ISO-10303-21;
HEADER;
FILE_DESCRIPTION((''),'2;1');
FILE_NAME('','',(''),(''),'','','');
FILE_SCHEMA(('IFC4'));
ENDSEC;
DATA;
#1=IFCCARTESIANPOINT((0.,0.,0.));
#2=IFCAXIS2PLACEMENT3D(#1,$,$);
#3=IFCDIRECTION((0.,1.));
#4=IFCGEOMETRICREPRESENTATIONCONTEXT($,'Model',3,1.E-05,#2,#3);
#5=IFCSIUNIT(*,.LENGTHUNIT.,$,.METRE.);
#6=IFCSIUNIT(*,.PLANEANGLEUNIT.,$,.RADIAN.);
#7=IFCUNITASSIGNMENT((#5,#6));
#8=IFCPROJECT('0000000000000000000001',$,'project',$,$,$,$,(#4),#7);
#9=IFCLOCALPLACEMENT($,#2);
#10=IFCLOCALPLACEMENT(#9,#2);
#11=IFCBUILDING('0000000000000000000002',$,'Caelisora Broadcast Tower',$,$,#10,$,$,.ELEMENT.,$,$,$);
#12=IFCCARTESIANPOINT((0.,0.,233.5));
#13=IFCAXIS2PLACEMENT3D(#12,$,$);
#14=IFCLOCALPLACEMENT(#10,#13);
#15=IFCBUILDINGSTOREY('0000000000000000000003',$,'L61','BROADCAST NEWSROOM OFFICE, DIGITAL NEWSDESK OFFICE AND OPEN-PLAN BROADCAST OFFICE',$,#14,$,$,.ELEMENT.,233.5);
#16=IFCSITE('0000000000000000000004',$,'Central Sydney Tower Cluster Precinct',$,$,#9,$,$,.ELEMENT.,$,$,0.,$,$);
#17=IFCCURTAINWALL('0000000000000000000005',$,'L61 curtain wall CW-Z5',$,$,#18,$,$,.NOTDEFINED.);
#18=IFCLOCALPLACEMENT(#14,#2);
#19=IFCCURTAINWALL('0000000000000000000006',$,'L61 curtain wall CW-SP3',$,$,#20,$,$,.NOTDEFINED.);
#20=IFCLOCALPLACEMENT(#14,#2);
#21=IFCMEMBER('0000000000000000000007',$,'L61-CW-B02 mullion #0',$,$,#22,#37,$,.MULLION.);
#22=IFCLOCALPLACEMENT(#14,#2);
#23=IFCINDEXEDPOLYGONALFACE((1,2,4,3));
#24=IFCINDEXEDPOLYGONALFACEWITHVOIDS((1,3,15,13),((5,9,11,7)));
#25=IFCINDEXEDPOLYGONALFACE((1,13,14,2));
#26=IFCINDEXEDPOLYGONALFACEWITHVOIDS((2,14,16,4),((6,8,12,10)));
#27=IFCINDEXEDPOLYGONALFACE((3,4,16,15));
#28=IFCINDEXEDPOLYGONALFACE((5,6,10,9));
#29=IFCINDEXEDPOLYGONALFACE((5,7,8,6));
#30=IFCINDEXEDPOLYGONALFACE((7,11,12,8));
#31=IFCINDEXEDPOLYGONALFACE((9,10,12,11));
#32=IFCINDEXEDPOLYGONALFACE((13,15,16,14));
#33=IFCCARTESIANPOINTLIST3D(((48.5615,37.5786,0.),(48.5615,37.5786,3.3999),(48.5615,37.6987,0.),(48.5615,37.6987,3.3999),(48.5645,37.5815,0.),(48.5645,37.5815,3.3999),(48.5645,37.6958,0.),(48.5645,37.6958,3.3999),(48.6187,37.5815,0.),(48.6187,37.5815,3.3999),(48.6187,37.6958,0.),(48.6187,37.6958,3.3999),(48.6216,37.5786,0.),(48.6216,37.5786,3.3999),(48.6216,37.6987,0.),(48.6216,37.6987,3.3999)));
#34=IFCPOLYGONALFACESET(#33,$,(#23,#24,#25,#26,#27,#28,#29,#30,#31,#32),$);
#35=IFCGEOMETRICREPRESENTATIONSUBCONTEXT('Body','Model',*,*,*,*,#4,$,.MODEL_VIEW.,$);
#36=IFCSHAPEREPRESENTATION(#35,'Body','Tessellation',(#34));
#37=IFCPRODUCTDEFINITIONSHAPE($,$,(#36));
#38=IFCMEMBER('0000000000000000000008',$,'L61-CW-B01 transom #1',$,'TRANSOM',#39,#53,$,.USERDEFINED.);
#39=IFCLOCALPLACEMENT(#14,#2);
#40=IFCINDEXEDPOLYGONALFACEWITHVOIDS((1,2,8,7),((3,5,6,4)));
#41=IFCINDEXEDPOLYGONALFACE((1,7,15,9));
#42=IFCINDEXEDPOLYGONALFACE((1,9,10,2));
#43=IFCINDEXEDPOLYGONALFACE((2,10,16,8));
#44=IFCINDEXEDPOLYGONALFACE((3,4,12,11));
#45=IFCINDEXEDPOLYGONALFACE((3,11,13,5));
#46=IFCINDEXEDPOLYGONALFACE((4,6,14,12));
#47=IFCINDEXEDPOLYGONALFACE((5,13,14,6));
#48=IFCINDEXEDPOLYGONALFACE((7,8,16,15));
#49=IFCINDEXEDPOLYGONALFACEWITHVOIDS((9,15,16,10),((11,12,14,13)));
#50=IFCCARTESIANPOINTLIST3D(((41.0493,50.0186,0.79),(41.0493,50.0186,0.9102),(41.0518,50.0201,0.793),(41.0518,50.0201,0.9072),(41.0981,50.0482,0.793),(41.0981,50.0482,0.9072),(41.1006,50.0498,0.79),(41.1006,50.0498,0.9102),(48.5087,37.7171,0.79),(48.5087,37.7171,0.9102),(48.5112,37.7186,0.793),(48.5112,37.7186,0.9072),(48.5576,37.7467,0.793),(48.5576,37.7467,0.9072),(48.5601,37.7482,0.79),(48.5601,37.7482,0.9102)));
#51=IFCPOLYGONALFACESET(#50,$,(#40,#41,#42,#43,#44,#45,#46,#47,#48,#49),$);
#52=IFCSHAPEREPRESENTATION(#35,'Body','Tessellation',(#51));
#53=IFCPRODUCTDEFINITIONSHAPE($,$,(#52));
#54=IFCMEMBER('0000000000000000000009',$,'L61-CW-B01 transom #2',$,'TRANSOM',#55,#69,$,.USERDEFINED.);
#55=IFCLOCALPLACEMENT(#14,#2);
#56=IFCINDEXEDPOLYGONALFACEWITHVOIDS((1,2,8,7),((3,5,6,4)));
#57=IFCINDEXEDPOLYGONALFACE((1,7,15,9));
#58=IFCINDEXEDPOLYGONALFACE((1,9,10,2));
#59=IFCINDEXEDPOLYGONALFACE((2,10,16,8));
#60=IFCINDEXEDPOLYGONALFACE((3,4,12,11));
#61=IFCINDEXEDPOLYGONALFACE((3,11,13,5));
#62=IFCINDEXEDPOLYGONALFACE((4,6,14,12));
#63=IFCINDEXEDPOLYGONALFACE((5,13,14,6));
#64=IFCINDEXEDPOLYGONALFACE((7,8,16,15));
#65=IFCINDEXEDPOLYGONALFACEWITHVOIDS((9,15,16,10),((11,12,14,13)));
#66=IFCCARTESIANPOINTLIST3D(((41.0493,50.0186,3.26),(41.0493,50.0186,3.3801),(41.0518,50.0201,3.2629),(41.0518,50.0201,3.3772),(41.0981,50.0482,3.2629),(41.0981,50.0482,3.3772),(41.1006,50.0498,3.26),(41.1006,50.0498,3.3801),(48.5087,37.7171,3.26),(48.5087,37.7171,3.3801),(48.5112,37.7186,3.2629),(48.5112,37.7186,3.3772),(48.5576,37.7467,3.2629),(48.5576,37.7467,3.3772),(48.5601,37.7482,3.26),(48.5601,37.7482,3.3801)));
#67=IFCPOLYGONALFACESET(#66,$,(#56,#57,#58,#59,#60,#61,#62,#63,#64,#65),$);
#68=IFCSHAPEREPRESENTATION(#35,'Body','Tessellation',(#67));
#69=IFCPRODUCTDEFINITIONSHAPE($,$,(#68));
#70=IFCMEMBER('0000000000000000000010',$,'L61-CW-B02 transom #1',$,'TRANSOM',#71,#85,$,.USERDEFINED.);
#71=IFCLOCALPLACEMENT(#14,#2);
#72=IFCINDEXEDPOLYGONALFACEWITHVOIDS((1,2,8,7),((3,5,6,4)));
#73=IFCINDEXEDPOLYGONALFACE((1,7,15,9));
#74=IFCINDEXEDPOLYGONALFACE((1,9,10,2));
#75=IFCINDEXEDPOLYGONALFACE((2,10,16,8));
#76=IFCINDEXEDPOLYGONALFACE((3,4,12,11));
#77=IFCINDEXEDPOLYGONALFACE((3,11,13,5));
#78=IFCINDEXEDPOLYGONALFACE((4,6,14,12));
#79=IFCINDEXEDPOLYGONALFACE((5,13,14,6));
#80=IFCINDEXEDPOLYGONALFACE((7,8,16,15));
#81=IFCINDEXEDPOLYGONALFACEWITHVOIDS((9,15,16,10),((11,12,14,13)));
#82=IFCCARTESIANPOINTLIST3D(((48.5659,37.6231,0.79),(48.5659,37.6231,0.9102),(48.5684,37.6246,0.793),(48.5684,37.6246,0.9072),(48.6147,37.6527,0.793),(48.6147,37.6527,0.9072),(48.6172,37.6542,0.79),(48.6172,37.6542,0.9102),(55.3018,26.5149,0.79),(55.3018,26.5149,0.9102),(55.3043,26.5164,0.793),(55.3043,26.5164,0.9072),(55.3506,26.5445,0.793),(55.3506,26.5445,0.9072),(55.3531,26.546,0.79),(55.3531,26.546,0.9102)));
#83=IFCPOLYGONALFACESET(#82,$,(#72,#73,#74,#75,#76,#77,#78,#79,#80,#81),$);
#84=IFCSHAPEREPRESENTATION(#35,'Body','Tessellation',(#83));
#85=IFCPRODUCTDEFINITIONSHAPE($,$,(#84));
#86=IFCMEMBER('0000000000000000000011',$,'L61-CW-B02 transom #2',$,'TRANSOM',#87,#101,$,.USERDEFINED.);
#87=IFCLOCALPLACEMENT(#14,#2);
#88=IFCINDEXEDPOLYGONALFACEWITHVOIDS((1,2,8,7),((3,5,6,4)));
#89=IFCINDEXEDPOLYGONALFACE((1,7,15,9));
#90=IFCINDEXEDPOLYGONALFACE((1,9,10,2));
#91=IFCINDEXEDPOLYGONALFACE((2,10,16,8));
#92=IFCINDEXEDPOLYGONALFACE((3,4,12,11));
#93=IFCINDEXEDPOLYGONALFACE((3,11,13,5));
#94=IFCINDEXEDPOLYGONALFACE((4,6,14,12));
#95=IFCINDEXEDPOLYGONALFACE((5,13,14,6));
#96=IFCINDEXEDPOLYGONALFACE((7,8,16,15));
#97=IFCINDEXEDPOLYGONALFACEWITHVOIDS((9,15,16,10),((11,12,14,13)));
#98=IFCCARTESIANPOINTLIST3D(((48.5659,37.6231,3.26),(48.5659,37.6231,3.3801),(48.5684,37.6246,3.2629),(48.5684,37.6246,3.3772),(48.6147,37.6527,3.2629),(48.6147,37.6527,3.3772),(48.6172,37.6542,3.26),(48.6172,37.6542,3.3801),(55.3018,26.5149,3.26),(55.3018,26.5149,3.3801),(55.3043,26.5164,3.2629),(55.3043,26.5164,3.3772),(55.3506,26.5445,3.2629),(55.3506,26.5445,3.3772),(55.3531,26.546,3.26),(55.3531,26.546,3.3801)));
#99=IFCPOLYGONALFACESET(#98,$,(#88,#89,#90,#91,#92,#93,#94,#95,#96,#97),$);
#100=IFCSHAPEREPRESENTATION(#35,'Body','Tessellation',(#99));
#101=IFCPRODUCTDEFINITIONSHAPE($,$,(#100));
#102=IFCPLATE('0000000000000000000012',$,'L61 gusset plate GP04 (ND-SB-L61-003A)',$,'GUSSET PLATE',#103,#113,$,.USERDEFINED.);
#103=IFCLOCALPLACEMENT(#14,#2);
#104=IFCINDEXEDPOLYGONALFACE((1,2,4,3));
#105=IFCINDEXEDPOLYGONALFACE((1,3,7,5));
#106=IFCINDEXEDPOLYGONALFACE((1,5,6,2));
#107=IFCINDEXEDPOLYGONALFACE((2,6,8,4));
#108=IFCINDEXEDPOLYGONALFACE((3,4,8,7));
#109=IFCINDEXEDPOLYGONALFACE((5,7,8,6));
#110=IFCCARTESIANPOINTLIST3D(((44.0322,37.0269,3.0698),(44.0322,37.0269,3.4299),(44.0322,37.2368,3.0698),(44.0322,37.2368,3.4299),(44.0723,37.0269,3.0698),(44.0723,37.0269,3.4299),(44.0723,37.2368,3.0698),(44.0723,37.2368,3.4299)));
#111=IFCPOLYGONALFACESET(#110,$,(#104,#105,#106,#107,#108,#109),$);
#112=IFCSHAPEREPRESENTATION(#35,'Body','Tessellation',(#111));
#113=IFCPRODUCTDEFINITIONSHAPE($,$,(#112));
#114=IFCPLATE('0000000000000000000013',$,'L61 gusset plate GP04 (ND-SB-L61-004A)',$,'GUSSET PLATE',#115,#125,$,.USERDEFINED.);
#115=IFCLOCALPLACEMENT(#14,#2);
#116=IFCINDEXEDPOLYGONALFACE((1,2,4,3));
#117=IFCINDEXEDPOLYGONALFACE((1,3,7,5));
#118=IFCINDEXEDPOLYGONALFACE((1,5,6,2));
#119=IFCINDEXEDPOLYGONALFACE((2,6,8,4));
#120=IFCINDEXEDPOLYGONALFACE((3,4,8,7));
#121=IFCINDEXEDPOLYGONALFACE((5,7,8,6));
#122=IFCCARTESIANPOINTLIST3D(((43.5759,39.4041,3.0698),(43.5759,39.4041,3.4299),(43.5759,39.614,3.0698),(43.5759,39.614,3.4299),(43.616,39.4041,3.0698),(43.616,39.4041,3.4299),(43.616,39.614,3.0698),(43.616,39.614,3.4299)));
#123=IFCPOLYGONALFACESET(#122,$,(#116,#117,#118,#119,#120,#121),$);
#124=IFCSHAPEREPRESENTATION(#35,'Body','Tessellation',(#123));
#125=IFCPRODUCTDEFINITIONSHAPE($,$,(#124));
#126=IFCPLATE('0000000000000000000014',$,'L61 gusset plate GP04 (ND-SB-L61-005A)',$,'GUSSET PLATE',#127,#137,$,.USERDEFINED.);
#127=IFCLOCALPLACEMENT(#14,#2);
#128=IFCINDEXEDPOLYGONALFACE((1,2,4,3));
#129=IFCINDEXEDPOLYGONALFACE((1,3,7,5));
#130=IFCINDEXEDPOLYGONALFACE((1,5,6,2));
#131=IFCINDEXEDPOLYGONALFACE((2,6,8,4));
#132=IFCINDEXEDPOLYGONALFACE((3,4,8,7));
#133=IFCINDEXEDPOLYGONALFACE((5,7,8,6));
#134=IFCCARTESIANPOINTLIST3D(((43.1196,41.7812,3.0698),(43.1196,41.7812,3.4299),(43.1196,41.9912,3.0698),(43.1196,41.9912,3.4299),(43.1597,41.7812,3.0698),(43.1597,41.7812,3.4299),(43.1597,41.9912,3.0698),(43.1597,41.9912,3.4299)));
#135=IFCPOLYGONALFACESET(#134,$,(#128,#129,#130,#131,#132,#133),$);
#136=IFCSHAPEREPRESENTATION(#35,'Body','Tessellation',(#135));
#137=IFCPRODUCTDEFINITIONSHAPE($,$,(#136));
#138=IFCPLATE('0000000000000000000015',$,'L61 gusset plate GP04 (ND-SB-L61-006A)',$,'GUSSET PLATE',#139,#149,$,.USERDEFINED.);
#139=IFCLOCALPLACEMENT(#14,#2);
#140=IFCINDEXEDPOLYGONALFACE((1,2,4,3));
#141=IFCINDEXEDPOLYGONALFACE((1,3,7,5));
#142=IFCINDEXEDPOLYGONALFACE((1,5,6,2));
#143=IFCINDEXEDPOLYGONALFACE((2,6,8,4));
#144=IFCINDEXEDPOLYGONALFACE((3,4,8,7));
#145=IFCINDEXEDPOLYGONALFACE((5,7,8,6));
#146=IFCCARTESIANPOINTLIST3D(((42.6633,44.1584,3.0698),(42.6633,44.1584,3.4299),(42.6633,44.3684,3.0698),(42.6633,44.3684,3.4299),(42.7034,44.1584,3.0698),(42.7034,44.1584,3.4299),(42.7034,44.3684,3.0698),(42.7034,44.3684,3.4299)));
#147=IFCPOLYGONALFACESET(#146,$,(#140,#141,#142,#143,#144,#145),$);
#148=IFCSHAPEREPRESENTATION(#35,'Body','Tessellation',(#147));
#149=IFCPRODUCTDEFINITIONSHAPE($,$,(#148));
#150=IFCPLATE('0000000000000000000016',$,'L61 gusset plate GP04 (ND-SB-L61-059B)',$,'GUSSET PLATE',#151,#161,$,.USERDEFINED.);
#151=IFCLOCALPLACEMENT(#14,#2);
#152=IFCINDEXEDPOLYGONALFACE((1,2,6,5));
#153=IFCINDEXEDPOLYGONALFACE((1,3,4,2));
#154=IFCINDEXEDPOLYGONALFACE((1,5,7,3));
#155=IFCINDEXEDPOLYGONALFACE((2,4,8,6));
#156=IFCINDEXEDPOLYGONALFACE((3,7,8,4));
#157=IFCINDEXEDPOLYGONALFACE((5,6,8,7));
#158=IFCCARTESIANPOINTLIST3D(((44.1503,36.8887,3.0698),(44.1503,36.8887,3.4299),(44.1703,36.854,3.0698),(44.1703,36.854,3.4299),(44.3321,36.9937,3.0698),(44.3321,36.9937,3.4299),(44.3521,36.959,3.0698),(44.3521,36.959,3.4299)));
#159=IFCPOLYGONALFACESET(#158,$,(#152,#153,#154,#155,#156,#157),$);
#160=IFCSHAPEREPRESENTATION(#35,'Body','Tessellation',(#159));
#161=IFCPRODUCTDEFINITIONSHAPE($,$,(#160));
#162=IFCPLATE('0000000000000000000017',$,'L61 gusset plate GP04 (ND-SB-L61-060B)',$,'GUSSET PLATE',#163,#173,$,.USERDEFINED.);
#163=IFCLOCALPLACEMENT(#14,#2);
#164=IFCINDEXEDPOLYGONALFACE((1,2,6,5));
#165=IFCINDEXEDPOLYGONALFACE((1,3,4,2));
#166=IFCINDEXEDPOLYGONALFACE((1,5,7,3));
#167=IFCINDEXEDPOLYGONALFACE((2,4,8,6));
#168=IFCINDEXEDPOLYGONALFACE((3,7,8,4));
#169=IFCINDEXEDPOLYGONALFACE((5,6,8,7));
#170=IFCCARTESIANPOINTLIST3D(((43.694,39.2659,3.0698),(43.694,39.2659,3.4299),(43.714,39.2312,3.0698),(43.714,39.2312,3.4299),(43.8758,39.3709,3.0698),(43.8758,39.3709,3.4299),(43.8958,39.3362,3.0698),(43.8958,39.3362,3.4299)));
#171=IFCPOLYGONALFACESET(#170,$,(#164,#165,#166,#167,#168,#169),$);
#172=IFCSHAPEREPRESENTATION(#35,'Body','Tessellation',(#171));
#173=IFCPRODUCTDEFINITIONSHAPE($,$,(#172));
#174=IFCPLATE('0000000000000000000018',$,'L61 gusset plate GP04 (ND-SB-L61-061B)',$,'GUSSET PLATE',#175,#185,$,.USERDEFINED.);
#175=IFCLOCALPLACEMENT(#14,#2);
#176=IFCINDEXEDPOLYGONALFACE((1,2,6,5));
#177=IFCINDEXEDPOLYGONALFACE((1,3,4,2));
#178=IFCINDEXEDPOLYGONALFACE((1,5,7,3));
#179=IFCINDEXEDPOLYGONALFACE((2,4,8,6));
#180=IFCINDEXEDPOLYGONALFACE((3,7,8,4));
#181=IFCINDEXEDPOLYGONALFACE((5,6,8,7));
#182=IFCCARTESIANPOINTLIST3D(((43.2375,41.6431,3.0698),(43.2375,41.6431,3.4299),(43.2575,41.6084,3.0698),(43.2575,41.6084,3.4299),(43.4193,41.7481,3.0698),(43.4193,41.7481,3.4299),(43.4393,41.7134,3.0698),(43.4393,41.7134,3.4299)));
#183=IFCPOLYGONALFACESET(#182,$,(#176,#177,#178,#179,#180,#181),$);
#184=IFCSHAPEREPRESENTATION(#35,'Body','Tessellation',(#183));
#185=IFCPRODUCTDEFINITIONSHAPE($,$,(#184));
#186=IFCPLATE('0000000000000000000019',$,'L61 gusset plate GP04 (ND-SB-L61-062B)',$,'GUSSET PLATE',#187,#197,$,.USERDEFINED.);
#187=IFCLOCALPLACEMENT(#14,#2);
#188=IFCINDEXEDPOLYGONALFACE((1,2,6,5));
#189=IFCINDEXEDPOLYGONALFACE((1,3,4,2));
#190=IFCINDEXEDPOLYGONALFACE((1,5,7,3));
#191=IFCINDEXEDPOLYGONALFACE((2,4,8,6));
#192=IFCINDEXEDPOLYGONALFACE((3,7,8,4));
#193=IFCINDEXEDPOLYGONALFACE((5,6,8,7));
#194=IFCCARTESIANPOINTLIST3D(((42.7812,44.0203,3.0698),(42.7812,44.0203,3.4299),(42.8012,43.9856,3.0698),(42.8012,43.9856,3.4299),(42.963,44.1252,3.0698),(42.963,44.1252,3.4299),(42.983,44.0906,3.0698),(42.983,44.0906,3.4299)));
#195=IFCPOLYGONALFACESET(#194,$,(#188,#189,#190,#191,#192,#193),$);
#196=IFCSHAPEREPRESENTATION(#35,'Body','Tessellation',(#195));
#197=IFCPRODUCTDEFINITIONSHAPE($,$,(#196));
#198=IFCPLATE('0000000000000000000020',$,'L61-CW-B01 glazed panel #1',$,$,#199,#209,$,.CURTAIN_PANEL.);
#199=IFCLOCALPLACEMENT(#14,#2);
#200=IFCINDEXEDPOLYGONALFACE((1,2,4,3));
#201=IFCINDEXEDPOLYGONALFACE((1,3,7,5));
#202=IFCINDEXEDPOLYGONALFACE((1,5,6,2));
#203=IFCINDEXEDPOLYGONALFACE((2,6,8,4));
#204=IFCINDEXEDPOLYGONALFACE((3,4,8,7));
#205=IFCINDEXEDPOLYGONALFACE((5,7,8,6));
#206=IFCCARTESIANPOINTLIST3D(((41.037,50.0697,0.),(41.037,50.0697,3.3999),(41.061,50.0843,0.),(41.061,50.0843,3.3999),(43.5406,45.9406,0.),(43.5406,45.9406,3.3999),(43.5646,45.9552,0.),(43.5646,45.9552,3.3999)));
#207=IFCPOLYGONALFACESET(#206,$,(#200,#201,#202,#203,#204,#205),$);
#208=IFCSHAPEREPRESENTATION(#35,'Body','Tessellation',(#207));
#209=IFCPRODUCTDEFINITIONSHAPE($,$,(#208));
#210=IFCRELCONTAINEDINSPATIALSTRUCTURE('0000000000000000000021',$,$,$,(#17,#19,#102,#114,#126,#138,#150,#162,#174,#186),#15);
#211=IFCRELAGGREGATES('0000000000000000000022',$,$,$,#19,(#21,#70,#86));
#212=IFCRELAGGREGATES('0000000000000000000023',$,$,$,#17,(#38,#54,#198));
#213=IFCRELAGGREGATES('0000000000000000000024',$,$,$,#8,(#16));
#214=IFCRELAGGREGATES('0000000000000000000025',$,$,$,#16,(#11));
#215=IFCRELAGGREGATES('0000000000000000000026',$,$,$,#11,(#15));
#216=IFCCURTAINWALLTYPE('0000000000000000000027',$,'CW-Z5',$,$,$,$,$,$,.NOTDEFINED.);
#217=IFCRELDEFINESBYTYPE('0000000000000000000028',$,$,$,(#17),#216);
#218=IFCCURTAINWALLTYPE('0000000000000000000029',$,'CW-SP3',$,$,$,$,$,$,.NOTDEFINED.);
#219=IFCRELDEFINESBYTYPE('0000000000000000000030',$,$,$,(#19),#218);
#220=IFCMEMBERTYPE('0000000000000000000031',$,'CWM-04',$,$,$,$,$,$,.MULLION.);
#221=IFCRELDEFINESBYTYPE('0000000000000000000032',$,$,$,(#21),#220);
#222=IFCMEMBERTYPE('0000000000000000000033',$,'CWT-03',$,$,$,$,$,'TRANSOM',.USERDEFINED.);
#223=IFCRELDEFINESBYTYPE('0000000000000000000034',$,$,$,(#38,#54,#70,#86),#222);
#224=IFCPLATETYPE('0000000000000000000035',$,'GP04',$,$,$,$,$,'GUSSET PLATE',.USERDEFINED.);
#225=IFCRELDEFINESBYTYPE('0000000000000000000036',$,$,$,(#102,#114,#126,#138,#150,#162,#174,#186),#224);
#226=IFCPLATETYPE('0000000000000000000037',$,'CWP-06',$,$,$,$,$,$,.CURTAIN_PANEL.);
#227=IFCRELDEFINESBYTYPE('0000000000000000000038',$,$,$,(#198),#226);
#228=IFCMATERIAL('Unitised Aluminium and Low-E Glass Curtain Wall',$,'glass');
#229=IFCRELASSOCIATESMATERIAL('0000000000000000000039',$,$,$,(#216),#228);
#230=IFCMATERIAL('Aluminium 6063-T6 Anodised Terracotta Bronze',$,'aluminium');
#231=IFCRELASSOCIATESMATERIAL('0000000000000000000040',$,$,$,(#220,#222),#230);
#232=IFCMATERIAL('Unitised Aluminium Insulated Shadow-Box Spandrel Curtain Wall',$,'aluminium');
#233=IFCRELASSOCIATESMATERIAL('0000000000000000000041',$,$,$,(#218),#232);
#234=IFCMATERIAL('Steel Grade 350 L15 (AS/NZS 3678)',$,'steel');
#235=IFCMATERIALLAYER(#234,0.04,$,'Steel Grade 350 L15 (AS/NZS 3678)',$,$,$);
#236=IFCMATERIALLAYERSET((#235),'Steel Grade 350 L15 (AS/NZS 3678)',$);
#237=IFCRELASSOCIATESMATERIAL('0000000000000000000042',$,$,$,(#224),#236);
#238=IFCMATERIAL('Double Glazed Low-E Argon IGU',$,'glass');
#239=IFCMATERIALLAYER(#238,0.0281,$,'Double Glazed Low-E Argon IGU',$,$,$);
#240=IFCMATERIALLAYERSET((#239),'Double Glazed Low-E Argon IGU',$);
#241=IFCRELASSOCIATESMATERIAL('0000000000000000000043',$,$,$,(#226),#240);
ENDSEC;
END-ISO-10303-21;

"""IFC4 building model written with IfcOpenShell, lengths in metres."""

from ifc_helpers import new_model, si_unit, direction, frame, origin, origin_2d, place, context, subcontext, project, spatial, rectangle, hollow_rectangle, extrude, source, transform, mapped, material, layer, layer_set, material_profile, profile_set, type_object, type_shapes, element, aggregate, save


model = new_model("IFC4")

# Units and contexts
model_context = context("Model", 3, precision=1e-05, world=origin(), true_north=direction((0.0, 1.0)))
body_context = subcontext(model_context, "Body", "Model", "MODEL_VIEW")
ifc_project = project(units=[si_unit("LENGTHUNIT", "METRE"), si_unit("PLANEANGLEUNIT", "RADIAN")], contexts=[model_context])

# Site, building, storey
site_placement = place(None, origin())
site = spatial("IfcSite", under=ifc_project, at=site_placement, Name="Central Sydney Tower Cluster Precinct", CompositionType="ELEMENT", RefElevation=0.0)
building_placement = place(site_placement, origin())
building = spatial("IfcBuilding", under=site, at=building_placement, Name="Caelisora Broadcast Tower", CompositionType="ELEMENT")
storey_placement = place(building_placement, frame((0.0, 0.0, 233.5)))
storey = spatial("IfcBuildingStorey", under=building, at=storey_placement, Name="L61", Description="BROADCAST NEWSROOM OFFICE, DIGITAL NEWSDESK OFFICE AND OPEN-PLAN BROADCAST OFFICE", CompositionType="ELEMENT", Elevation=233.5)

# Shared definitions
ifc_material_1 = material(Name="Steel Grade 350 L15 (AS/NZS 3678)", Category="steel")

# Curtain wall
ifc_material_2 = material(Name="Unitised Aluminium and Low-E Glass Curtain Wall", Category="glass")
curtain_wall_type_1 = type_object("IfcCurtainWallType", Name="CW-Z5", PredefinedType="NOTDEFINED", material=ifc_material_2)
curtain_wall_1_placement = place(storey_placement, origin())
curtain_wall_1 = element("IfcCurtainWall", 1, at=curtain_wall_1_placement, inside=storey, type_object=curtain_wall_type_1, Name="L61 curtain wall CW-Z5", PredefinedType="NOTDEFINED")
ifc_material_3 = material(Name="Aluminium 6063-T6 Anodised Terracotta Bronze", Category="aluminium")
ifc_material_profile_1 = material_profile(ifc_material_3, hollow_rectangle(XDim=0.0601, YDim=0.1201, WallThickness=0.0029, at=origin_2d()), Name="Aluminium 6063-T6 Anodised Terracotta Bronze")
ifc_profile_set_1 = profile_set([ifc_material_profile_1], Name="Aluminium 6063-T6 Anodised Terracotta Bronze")
member_type_1 = type_object("IfcMemberType", Name="CWM-04", PredefinedType="MULLION", material=ifc_profile_set_1)
shared_shape_1 = source(origin(), body_context, "Body", "SweptSolid", [
    extrude(hollow_rectangle(XDim=0.0601, YDim=0.1201, WallThickness=0.0029, at=origin_2d()), origin(), (0.0, 0.0, 1.0), 3.3999),
])
type_shapes(member_type_1, [shared_shape_1])

# Curtain wall, member
ifc_material_4 = material(Name="Unitised Aluminium Insulated Shadow-Box Spandrel Curtain Wall", Category="aluminium")
curtain_wall_type_2 = type_object("IfcCurtainWallType", Name="CW-SP3", PredefinedType="NOTDEFINED", material=ifc_material_4)
curtain_wall_2_placement = place(storey_placement, origin())
curtain_wall_2 = element("IfcCurtainWall", 2, at=curtain_wall_2_placement, inside=storey, type_object=curtain_wall_type_2, Name="L61 curtain wall CW-SP3", PredefinedType="NOTDEFINED")
member_1_placement = place(storey_placement, frame((48.5916, 37.6387, 0.0), z_axis=(0.0, 0.0, 1.0), x_axis=(1.0, 0.0, 0.0)))
member_1 = element("IfcMember", 3, at=member_1_placement, type_object=member_type_1, Name="L61-CW-B02 mullion #0", PredefinedType="MULLION", context=body_context, shape_type="MappedRepresentation", body=[
    mapped(shared_shape_1, transform((0.0, 0.0, 0.0), scale=1.0)),
])

# Members
ifc_material_profile_2 = material_profile(ifc_material_3, hollow_rectangle(XDim=0.0601, YDim=0.1201, WallThickness=0.0029, at=origin_2d()), Name="Aluminium 6063-T6 Anodised Terracotta Bronze")
ifc_profile_set_2 = profile_set([ifc_material_profile_2], Name="Aluminium 6063-T6 Anodised Terracotta Bronze")
member_type_2 = type_object("IfcMemberType", Name="CWT-03", ElementType="TRANSOM", PredefinedType="USERDEFINED", material=ifc_profile_set_2)
shared_shape_2 = source(origin(), body_context, "Body", "SweptSolid", [
    extrude(hollow_rectangle(XDim=0.0601, YDim=0.1201, WallThickness=0.0029, at=origin_2d()), origin(), (0.0, 0.0, 1.0), 14.3865),
])
member_2_placement = place(storey_placement, frame((41.075, 50.0342, 0.8501), z_axis=(0.518506, -0.855074, 0.0), x_axis=(0.855074, 0.518506, 0.0)))
member_2 = element("IfcMember", 4, at=member_2_placement, type_object=member_type_2, Name="L61-CW-B01 transom #1", ObjectType="TRANSOM", PredefinedType="USERDEFINED", context=body_context, shape_type="MappedRepresentation", body=[
    mapped(shared_shape_2, transform((0.0, 0.0, 0.0), scale=1.0)),
])
member_3_placement = place(storey_placement, frame((41.075, 50.0342, 3.3201), z_axis=(0.518506, -0.855074, 0.0), x_axis=(0.855074, 0.518506, 0.0)))
member_3 = element("IfcMember", 5, at=member_3_placement, type_object=member_type_2, Name="L61-CW-B01 transom #2", ObjectType="TRANSOM", PredefinedType="USERDEFINED", context=body_context, shape_type="MappedRepresentation", body=[
    mapped(shared_shape_2, transform((0.0, 0.0, 0.0), scale=1.0)),
])
shared_shape_3 = source(origin(), body_context, "Body", "SweptSolid", [
    extrude(hollow_rectangle(XDim=0.0601, YDim=0.1201, WallThickness=0.0029, at=origin_2d()), origin(), (0.0, 0.0, 1.0), 12.991),
])
type_shapes(member_type_2, [shared_shape_2, shared_shape_3])
member_4_placement = place(storey_placement, frame((48.5916, 37.6387, 0.8501), z_axis=(0.518506, -0.855074, 0.0), x_axis=(0.855074, 0.518506, 0.0)))
member_4 = element("IfcMember", 6, at=member_4_placement, type_object=member_type_2, Name="L61-CW-B02 transom #1", ObjectType="TRANSOM", PredefinedType="USERDEFINED", context=body_context, shape_type="MappedRepresentation", body=[
    mapped(shared_shape_3, transform((0.0, 0.0, 0.0), scale=1.0)),
])
member_5_placement = place(storey_placement, frame((48.5916, 37.6387, 3.3201), z_axis=(0.518506, -0.855074, 0.0), x_axis=(0.855074, 0.518506, 0.0)))
member_5 = element("IfcMember", 7, at=member_5_placement, type_object=member_type_2, Name="L61-CW-B02 transom #2", ObjectType="TRANSOM", PredefinedType="USERDEFINED", context=body_context, shape_type="MappedRepresentation", body=[
    mapped(shared_shape_3, transform((0.0, 0.0, 0.0), scale=1.0)),
])
aggregate(curtain_wall_2, [member_1, member_4, member_5])

# Plates
ifc_layer_1 = layer(ifc_material_1, 0.04, Name="Steel Grade 350 L15 (AS/NZS 3678)")
ifc_layer_set_1 = layer_set([ifc_layer_1], Name="Steel Grade 350 L15 (AS/NZS 3678)")
plate_type_1 = type_object("IfcPlateType", Name="GP04", ElementType="GUSSET PLATE", PredefinedType="USERDEFINED", material=ifc_layer_set_1)
shared_shape_4 = source(origin(), body_context, "Body", "SweptSolid", [
    extrude(rectangle(XDim=0.21, YDim=0.04, at=origin_2d()), origin(), (0.0, 0.0, 1.0), 0.3601),
])
type_shapes(plate_type_1, [shared_shape_4])
for number, where, z_axis, x_axis, name in (
    (8, (44.0522, 37.1318, 3.0698), (0.0, 0.0, 1.0), (0.0, -1.0, 0.0), "L61 gusset plate GP04 (ND-SB-L61-003A)"),
    (9, (43.5959, 39.509, 3.0698), (0.0, 0.0, 1.0), (0.0, -1.0, 0.0), "L61 gusset plate GP04 (ND-SB-L61-004A)"),
    (10, (43.1396, 41.8862, 3.0698), (0.0, 0.0, 1.0), (0.0, -1.0, 0.0), "L61 gusset plate GP04 (ND-SB-L61-005A)"),
    (11, (42.6833, 44.2634, 3.0698), (0.0, 0.0, 1.0), (0.0, -1.0, 0.0), "L61 gusset plate GP04 (ND-SB-L61-006A)"),
    (12, (44.2512, 36.9238, 3.0698), (0.0, 0.0, 1.0), (-0.866025, -0.5, 0.0), "L61 gusset plate GP04 (ND-SB-L61-059B)"),
    (13, (43.7949, 39.301, 3.0698), (0.0, 0.0, 1.0), (-0.866025, -0.5, 0.0), "L61 gusset plate GP04 (ND-SB-L61-060B)"),
    (14, (43.3384, 41.6782, 3.0698), (0.0, 0.0, 1.0), (-0.866025, -0.5, 0.0), "L61 gusset plate GP04 (ND-SB-L61-061B)"),
    (15, (42.8821, 44.0554, 3.0698), (0.0, 0.0, 1.0), (-0.866025, -0.5, 0.0), "L61 gusset plate GP04 (ND-SB-L61-062B)"),
):
    element("IfcPlate", number, at=place(storey_placement, frame(where, z_axis=z_axis, x_axis=x_axis)), inside=storey, type_object=plate_type_1, Name=name, ObjectType="GUSSET PLATE", PredefinedType="USERDEFINED", context=body_context, shape_type="MappedRepresentation", body=[
        mapped(shared_shape_4, transform((0.0, 0.0, 0.0), scale=1.0)),
    ])

# Plate
ifc_material_5 = material(Name="Double Glazed Low-E Argon IGU", Category="glass")
ifc_layer_2 = layer(ifc_material_5, 0.0281, Name="Double Glazed Low-E Argon IGU")
ifc_layer_set_2 = layer_set([ifc_layer_2], Name="Double Glazed Low-E Argon IGU")
plate_type_2 = type_object("IfcPlateType", Name="CWP-06", PredefinedType="CURTAIN_PANEL", material=ifc_layer_set_2)
shared_shape_5 = source(origin(), body_context, "Body", "SweptSolid", [
    extrude(rectangle(XDim=4.8289, YDim=0.0281, at=origin_2d()), origin(), (0.0, 0.0, 1.0), 3.3999),
])
type_shapes(plate_type_2, [shared_shape_5])
plate_1_placement = place(storey_placement, frame((42.3008, 48.0125, 0.0), z_axis=(0.0, 0.0, 1.0), x_axis=(0.518475, -0.855093, 0.0)))
plate_1 = element("IfcPlate", 16, at=plate_1_placement, type_object=plate_type_2, Name="L61-CW-B01 glazed panel #1", PredefinedType="CURTAIN_PANEL", context=body_context, shape_type="MappedRepresentation", body=[
    mapped(shared_shape_5, transform((0.0, 0.0, 0.0), scale=1.0)),
])
aggregate(curtain_wall_1, [member_2, member_3, plate_1])

save(model, "model.ifc")
